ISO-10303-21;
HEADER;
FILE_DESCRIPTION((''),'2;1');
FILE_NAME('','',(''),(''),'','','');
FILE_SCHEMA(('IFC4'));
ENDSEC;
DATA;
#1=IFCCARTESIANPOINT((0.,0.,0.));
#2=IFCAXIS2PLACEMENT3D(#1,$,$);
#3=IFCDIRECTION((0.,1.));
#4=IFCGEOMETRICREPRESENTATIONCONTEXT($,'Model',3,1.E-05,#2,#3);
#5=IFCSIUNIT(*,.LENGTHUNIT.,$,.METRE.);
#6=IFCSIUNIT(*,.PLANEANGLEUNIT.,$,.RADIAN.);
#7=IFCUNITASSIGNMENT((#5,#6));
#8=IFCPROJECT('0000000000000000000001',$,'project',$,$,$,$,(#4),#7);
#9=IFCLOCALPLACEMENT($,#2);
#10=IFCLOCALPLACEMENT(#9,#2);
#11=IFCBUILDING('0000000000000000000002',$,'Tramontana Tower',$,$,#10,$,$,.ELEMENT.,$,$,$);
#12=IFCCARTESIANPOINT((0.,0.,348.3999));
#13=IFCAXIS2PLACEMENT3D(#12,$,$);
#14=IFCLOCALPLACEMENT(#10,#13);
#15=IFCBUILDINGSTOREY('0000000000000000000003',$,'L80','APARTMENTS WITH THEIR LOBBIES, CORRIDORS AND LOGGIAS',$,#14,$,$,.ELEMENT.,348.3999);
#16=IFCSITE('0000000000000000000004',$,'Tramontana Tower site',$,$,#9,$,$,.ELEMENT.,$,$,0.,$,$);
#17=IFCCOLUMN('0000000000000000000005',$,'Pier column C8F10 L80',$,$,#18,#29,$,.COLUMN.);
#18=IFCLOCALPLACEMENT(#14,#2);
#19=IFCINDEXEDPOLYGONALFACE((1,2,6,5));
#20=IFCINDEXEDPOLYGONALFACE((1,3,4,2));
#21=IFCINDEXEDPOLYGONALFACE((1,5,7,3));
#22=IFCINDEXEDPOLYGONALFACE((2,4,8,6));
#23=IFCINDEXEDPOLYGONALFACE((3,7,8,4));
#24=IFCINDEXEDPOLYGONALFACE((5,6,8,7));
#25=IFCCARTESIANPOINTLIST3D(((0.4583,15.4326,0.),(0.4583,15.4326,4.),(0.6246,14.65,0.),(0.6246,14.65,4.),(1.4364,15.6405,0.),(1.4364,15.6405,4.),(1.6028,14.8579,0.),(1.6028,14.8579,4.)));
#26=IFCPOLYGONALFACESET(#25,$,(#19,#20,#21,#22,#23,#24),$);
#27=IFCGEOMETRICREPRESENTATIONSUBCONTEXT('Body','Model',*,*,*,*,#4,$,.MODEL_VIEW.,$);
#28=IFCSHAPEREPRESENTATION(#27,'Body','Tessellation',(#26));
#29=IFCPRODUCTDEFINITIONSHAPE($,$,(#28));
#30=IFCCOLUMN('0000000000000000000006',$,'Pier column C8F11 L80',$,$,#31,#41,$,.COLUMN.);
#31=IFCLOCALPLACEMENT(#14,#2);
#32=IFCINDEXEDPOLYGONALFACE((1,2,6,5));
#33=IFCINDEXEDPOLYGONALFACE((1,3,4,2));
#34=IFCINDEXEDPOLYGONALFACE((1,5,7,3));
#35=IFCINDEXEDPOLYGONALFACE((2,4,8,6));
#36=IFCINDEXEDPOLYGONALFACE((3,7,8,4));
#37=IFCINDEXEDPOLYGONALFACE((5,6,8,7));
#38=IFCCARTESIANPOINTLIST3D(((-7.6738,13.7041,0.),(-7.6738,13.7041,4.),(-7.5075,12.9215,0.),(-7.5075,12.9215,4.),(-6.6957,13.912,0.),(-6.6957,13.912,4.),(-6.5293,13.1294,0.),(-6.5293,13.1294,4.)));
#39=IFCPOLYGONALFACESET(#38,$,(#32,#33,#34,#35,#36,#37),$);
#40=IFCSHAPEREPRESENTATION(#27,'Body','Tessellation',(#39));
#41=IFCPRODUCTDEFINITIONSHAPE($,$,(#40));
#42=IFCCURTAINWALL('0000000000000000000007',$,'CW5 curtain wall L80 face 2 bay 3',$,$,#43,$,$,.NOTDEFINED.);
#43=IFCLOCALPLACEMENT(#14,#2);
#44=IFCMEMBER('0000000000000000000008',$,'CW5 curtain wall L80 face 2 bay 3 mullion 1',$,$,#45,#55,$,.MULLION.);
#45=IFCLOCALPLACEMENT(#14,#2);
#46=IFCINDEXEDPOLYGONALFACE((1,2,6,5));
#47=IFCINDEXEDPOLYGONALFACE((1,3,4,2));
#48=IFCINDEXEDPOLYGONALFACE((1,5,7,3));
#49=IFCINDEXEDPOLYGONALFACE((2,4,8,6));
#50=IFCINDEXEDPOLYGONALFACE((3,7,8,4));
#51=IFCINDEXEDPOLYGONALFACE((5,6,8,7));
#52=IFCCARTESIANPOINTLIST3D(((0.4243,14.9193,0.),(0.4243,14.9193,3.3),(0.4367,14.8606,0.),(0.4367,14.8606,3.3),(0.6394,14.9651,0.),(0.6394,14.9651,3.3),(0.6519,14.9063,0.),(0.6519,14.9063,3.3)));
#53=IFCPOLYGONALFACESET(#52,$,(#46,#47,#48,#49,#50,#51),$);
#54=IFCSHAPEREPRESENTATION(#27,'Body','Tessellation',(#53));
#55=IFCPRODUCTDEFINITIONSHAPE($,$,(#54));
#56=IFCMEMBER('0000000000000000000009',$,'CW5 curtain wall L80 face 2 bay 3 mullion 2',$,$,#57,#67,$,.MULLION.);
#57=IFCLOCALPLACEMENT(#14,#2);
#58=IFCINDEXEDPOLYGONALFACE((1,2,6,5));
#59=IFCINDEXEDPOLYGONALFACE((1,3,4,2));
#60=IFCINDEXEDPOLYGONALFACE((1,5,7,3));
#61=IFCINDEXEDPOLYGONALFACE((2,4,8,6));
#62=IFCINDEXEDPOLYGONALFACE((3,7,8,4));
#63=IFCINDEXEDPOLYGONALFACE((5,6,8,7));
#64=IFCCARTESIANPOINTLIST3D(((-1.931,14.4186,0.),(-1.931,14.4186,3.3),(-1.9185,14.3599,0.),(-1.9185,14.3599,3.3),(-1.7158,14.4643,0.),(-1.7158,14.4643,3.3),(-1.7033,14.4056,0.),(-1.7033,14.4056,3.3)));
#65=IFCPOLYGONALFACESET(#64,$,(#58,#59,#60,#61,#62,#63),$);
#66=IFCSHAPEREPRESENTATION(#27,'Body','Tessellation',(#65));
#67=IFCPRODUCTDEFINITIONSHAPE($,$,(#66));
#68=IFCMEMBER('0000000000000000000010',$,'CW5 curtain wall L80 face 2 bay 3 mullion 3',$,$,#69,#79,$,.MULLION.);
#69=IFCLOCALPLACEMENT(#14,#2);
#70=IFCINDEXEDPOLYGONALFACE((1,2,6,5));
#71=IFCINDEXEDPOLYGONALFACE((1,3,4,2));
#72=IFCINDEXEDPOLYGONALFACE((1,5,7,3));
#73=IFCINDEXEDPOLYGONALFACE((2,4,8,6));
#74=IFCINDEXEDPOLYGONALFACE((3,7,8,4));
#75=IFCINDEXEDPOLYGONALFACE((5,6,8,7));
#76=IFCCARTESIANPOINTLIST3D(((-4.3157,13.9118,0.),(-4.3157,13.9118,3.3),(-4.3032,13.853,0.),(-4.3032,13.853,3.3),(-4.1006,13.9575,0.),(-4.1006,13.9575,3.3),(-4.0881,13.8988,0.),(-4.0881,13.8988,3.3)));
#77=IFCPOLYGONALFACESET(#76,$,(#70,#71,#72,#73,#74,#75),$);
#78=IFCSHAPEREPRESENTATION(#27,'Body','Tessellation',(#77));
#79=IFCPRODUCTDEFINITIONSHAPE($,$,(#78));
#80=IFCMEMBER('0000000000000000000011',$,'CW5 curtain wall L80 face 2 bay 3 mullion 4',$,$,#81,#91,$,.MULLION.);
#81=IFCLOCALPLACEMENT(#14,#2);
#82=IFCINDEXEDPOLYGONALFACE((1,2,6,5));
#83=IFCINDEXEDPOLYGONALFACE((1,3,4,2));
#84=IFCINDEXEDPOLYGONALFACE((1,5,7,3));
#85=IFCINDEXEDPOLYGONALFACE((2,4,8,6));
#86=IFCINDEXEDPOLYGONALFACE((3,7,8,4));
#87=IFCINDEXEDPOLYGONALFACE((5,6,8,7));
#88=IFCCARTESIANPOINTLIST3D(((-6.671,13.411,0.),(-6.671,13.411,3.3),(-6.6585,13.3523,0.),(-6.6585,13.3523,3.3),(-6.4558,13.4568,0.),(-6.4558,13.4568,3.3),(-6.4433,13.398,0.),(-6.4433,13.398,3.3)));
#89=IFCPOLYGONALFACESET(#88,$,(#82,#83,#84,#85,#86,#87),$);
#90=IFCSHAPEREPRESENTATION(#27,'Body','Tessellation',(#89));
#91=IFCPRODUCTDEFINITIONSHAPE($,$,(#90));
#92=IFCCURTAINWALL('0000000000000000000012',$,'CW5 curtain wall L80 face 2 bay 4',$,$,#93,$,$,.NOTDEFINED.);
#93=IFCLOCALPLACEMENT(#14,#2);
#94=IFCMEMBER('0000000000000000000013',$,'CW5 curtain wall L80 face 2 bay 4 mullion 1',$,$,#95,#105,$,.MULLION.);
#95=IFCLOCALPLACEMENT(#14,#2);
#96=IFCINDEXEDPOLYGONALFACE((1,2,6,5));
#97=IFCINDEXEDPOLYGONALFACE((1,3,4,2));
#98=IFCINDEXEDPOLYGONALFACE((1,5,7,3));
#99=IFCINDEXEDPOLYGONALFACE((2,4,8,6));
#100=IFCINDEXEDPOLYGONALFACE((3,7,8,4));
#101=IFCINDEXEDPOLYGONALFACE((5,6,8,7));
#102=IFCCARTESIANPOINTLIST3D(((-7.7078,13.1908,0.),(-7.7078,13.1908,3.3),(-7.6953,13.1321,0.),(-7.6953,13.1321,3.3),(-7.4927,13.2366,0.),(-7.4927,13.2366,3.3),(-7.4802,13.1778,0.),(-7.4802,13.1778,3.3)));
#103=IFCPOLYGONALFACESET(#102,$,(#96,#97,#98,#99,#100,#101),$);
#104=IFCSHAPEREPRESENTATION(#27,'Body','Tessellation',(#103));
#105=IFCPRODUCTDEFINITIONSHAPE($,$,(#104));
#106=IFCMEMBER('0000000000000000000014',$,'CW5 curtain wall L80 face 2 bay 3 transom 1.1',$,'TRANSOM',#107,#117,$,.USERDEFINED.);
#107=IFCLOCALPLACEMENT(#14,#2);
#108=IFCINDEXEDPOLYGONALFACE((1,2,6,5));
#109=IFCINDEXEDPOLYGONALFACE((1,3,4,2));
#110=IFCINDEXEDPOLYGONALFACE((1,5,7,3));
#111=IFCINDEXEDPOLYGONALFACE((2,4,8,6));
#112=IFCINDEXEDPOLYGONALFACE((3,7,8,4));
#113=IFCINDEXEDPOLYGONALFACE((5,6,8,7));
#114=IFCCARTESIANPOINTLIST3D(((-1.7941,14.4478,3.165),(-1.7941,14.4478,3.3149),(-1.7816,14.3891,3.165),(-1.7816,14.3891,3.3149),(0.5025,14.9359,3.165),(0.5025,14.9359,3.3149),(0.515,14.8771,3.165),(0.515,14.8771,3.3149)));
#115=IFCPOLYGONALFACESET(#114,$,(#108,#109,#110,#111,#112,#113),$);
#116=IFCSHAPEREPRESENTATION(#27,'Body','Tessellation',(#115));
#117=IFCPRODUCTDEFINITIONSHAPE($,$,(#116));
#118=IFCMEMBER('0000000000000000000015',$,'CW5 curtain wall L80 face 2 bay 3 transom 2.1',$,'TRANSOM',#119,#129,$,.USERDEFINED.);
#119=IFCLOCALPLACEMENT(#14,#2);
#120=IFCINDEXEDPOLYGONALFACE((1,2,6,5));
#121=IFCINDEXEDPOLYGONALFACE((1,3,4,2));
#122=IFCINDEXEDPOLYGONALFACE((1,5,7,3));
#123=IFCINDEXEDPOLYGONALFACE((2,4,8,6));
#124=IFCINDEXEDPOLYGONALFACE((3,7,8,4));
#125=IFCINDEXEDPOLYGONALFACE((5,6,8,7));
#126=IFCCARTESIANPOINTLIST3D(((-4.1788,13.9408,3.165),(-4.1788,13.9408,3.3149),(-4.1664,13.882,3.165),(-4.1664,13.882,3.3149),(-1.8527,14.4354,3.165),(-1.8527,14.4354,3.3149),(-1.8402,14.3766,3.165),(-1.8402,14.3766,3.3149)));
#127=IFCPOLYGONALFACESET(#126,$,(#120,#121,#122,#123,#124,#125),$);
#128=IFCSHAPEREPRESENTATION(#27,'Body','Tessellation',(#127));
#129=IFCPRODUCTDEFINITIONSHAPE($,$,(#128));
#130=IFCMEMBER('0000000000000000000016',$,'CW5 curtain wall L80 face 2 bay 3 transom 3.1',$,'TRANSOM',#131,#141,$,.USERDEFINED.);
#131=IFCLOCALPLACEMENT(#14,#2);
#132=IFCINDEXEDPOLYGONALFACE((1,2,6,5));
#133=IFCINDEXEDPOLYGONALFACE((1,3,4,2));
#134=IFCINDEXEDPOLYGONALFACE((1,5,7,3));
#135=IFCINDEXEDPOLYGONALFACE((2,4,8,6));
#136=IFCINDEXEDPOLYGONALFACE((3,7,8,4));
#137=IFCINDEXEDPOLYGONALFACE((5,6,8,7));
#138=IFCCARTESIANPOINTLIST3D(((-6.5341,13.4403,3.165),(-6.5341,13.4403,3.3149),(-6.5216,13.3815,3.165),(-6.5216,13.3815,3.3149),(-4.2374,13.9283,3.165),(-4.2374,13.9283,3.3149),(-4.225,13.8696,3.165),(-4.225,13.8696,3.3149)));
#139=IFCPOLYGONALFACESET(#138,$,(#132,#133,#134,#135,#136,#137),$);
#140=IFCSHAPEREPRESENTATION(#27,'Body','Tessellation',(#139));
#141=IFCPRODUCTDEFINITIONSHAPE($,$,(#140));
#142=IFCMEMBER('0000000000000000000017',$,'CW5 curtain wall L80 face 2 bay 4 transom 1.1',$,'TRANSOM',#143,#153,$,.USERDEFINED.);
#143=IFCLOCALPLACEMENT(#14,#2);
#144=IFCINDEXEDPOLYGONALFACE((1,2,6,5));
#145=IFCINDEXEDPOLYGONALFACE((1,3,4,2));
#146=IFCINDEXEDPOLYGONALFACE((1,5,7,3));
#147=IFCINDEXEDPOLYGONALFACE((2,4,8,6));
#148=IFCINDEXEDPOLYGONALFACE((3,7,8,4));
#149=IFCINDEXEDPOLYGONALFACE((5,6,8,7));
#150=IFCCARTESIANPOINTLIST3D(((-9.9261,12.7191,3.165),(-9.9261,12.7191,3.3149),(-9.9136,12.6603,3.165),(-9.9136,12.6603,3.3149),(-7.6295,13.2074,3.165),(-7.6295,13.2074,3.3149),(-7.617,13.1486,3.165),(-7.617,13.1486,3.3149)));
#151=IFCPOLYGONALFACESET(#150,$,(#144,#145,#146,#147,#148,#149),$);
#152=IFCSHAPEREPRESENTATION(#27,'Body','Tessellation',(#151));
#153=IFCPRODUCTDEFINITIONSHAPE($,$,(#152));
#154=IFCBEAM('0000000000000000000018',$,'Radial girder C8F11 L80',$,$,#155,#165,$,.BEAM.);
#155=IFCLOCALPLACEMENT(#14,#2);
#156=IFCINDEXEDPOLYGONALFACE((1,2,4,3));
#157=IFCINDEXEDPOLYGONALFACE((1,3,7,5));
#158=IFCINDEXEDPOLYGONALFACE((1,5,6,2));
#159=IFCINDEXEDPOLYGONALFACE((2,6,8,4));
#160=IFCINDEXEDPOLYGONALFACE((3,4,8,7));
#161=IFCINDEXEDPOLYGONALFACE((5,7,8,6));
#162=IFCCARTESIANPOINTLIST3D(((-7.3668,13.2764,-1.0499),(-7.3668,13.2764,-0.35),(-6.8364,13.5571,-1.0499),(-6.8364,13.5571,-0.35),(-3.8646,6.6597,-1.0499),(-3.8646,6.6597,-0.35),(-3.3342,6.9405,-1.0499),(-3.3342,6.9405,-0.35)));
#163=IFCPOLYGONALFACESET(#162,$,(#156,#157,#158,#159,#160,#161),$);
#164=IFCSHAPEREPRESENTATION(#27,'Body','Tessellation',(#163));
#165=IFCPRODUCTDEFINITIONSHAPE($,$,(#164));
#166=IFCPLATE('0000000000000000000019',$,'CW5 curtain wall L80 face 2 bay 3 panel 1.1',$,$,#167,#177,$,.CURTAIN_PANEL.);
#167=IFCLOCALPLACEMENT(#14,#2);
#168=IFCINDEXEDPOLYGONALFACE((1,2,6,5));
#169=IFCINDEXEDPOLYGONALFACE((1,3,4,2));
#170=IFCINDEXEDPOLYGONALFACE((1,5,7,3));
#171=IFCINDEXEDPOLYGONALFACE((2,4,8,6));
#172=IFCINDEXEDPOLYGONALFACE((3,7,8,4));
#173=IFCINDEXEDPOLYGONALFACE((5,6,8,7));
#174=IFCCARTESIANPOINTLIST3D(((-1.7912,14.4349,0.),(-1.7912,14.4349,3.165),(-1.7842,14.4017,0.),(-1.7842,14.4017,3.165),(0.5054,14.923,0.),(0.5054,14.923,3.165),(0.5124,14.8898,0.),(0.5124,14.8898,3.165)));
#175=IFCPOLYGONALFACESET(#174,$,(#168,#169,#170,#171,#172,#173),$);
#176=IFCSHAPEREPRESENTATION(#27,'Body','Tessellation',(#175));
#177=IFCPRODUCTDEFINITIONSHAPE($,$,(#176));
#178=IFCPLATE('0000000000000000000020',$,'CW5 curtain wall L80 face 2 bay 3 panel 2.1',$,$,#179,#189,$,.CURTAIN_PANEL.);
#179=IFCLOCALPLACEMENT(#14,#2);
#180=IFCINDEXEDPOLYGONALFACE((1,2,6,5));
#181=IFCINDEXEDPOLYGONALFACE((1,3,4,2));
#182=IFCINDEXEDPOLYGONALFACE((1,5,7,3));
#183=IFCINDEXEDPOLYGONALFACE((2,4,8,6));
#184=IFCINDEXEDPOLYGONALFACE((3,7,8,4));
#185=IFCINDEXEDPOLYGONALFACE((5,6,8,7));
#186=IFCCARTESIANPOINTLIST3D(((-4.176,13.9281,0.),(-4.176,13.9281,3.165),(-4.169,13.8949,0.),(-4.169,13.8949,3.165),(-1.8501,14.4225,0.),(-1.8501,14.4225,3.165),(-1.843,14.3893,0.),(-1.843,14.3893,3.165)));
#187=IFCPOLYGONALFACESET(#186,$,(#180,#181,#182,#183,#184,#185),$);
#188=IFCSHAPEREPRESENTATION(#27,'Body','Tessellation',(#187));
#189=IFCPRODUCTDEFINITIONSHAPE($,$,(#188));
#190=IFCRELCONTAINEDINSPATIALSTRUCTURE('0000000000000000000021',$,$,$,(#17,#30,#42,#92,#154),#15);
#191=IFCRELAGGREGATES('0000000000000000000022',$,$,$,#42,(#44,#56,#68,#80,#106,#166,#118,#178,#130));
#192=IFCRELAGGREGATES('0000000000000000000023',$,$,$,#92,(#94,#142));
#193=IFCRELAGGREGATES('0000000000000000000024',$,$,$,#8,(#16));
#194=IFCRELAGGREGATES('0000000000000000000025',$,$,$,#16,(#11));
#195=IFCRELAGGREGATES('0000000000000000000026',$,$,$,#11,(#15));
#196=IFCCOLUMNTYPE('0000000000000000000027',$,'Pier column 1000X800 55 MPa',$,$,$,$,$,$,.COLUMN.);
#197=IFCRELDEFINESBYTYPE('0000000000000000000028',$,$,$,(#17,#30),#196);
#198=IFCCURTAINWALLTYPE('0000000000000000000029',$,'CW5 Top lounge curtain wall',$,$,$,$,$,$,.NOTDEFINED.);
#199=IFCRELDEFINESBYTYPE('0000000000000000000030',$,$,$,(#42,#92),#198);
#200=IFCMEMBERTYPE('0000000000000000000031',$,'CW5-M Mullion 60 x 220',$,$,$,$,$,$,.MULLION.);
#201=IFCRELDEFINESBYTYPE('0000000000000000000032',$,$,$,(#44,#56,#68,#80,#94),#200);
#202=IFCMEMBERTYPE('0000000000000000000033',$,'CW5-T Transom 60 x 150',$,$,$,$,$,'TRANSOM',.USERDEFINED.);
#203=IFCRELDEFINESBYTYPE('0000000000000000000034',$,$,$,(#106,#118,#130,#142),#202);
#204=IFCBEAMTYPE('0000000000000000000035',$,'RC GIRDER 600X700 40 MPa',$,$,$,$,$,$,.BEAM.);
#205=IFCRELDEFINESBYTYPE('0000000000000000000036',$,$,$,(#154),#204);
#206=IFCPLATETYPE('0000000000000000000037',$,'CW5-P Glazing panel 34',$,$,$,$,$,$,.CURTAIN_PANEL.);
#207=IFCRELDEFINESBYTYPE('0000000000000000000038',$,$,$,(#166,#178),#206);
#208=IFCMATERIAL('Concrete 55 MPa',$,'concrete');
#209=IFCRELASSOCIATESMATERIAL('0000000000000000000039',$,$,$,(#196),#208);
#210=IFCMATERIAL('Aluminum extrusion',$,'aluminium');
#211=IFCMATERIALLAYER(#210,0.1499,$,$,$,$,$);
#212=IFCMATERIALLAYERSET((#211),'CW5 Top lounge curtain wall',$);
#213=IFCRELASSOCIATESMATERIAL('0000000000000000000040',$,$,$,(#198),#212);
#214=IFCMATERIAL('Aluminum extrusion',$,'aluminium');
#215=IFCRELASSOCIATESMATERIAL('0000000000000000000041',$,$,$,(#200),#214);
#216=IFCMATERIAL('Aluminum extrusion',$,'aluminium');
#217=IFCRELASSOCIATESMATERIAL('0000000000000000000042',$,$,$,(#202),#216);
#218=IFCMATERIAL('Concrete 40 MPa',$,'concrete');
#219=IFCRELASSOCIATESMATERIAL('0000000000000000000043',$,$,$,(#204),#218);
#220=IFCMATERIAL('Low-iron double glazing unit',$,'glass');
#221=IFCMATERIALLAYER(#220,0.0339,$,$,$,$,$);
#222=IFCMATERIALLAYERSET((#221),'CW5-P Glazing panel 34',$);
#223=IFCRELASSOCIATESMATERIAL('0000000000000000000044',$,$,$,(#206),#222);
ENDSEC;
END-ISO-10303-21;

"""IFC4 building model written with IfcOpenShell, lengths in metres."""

from ifc_helpers import new_model, si_unit, direction, frame, origin, origin_2d, place, context, subcontext, project, spatial, rectangle, extrude, material, layer, layer_set, material_profile, profile_set, type_object, element, aggregate, save


model = new_model("IFC4")

# Units and contexts
model_context = context("Model", 3, precision=1e-05, world=origin(), true_north=direction((0.0, 1.0)))
body_context = subcontext(model_context, "Body", "Model", "MODEL_VIEW")
ifc_project = project(units=[si_unit("LENGTHUNIT", "METRE"), si_unit("PLANEANGLEUNIT", "RADIAN")], contexts=[model_context])

# Site, building, storey
site_placement = place(None, origin())
site = spatial("IfcSite", under=ifc_project, at=site_placement, Name="Tramontana Tower site", CompositionType="ELEMENT", RefElevation=0.0)
building_placement = place(site_placement, origin())
building = spatial("IfcBuilding", under=site, at=building_placement, Name="Tramontana Tower", CompositionType="ELEMENT")
storey_placement = place(building_placement, frame((0.0, 0.0, 348.3999)))
storey = spatial("IfcBuildingStorey", under=building, at=storey_placement, Name="L80", Description="APARTMENTS WITH THEIR LOBBIES, CORRIDORS AND LOGGIAS", CompositionType="ELEMENT", Elevation=348.3999)

# Columns
ifc_material_1 = material(Name="Concrete 55 MPa", Category="concrete")
ifc_material_profile_1 = material_profile(ifc_material_1, rectangle(XDim=1.0, YDim=0.8, at=origin_2d()), Name="Pier column 1000X800 55 MPa")
ifc_profile_set_1 = profile_set([ifc_material_profile_1], Name="Concrete 55 MPa")
column_type = type_object("IfcColumnType", Name="Pier column 1000X800 55 MPa", PredefinedType="COLUMN", material=ifc_profile_set_1)
for number, where, z_axis, x_axis, name in (
    (1, (1.0305, 15.1453, 0.0), (0.0, 0.0, 1.0), (-0.978148, -0.207912, 0.0), "Pier column C8F10 L80"),
    (2, (-7.1016, 13.4167, 0.0), (0.0, 0.0, 1.0), (-0.978148, -0.207912, 0.0), "Pier column C8F11 L80"),
):
    element("IfcColumn", number, at=place(storey_placement, frame(where, z_axis=z_axis, x_axis=x_axis)), inside=storey, type_object=column_type, Name=name, PredefinedType="COLUMN", context=body_context, shape_type="SweptSolid", body=[
        extrude(rectangle(XDim=1.0, YDim=0.8, at=origin_2d()), origin(), (0.0, 0.0, 1.0), 4.0),
    ])

# Curtain wall, members
ifc_material_2 = material(Name="Aluminum extrusion", Category="aluminium")
ifc_layer_1 = layer(ifc_material_2, 0.1499)
ifc_layer_set_1 = layer_set([ifc_layer_1], Name="CW5 Top lounge curtain wall")
curtain_wall_type = type_object("IfcCurtainWallType", Name="CW5 Top lounge curtain wall", PredefinedType="NOTDEFINED", material=ifc_layer_set_1)
curtain_wall_1_placement = place(storey_placement, origin())
curtain_wall_1 = element("IfcCurtainWall", 3, at=curtain_wall_1_placement, inside=storey, type_object=curtain_wall_type, Name="CW5 curtain wall L80 face 2 bay 3", PredefinedType="NOTDEFINED")
ifc_material_3 = material(Name="Aluminum extrusion", Category="aluminium")
ifc_material_profile_2 = material_profile(ifc_material_3, rectangle(XDim=0.0601, YDim=0.22, at=origin_2d()), Name="CW5-M Mullion 60 x 220")
ifc_profile_set_2 = profile_set([ifc_material_profile_2], Name="Aluminum extrusion")
member_type_1 = type_object("IfcMemberType", Name="CW5-M Mullion 60 x 220", PredefinedType="MULLION", material=ifc_profile_set_2)
member_1_placement = place(storey_placement, frame((0.5381, 14.9128, 0.0), z_axis=(0.0, 0.0, 1.0), x_axis=(0.207912, -0.978148, 0.0)))
member_1 = element("IfcMember", 4, at=member_1_placement, type_object=member_type_1, Name="CW5 curtain wall L80 face 2 bay 3 mullion 1", PredefinedType="MULLION", context=body_context, shape_type="SweptSolid", body=[
    extrude(rectangle(XDim=0.0601, YDim=0.22, at=origin_2d()), origin(), (0.0, 0.0, 1.0), 3.3),
])
member_2_placement = place(storey_placement, frame((-1.8171, 14.4121, 0.0), z_axis=(0.0, 0.0, 1.0), x_axis=(0.207912, -0.978148, 0.0)))
member_2 = element("IfcMember", 5, at=member_2_placement, type_object=member_type_1, Name="CW5 curtain wall L80 face 2 bay 3 mullion 2", PredefinedType="MULLION", context=body_context, shape_type="SweptSolid", body=[
    extrude(rectangle(XDim=0.0601, YDim=0.22, at=origin_2d()), origin(), (0.0, 0.0, 1.0), 3.3),
])
member_3_placement = place(storey_placement, frame((-4.2019, 13.9053, 0.0), z_axis=(0.0, 0.0, 1.0), x_axis=(0.207912, -0.978148, 0.0)))
member_3 = element("IfcMember", 6, at=member_3_placement, type_object=member_type_1, Name="CW5 curtain wall L80 face 2 bay 3 mullion 3", PredefinedType="MULLION", context=body_context, shape_type="SweptSolid", body=[
    extrude(rectangle(XDim=0.0601, YDim=0.22, at=origin_2d()), origin(), (0.0, 0.0, 1.0), 3.3),
])
member_4_placement = place(storey_placement, frame((-6.5571, 13.4045, 0.0), z_axis=(0.0, 0.0, 1.0), x_axis=(0.207912, -0.978148, 0.0)))
member_4 = element("IfcMember", 7, at=member_4_placement, type_object=member_type_1, Name="CW5 curtain wall L80 face 2 bay 3 mullion 4", PredefinedType="MULLION", context=body_context, shape_type="SweptSolid", body=[
    extrude(rectangle(XDim=0.0601, YDim=0.22, at=origin_2d()), origin(), (0.0, 0.0, 1.0), 3.3),
])

# Curtain wall, member
curtain_wall_2_placement = place(storey_placement, origin())
curtain_wall_2 = element("IfcCurtainWall", 8, at=curtain_wall_2_placement, inside=storey, type_object=curtain_wall_type, Name="CW5 curtain wall L80 face 2 bay 4", PredefinedType="NOTDEFINED")
member_5_placement = place(storey_placement, frame((-7.594, 13.1843, 0.0), z_axis=(0.0, 0.0, 1.0), x_axis=(0.207912, -0.978148, 0.0)))
member_5 = element("IfcMember", 9, at=member_5_placement, type_object=member_type_1, Name="CW5 curtain wall L80 face 2 bay 4 mullion 1", PredefinedType="MULLION", context=body_context, shape_type="SweptSolid", body=[
    extrude(rectangle(XDim=0.0601, YDim=0.22, at=origin_2d()), origin(), (0.0, 0.0, 1.0), 3.3),
])

# Members
ifc_material_4 = material(Name="Aluminum extrusion", Category="aluminium")
ifc_material_profile_3 = material_profile(ifc_material_4, rectangle(XDim=0.0601, YDim=0.1499, at=origin_2d()), Name="CW5-T Transom 60 x 150")
ifc_profile_set_3 = profile_set([ifc_material_profile_3], Name="Aluminum extrusion")
member_type_2 = type_object("IfcMemberType", Name="CW5-T Transom 60 x 150", ElementType="TRANSOM", PredefinedType="USERDEFINED", material=ifc_profile_set_3)
member_6_placement = place(storey_placement, frame((0.5088, 14.9065, 3.24), z_axis=(-0.978159, -0.20786, 0.0), x_axis=(0.20786, -0.978159, 0.0)))
member_6 = element("IfcMember", 10, at=member_6_placement, type_object=member_type_2, Name="CW5 curtain wall L80 face 2 bay 3 transom 1.1", ObjectType="TRANSOM", PredefinedType="USERDEFINED", context=body_context, shape_type="SweptSolid", body=[
    extrude(rectangle(XDim=0.0601, YDim=0.1499, at=origin_2d()), origin(), (0.0, 0.0, 1.0), 2.3479),
])
member_7_placement = place(storey_placement, frame((-1.8464, 14.406, 3.24), z_axis=(-0.978132, -0.207986, 0.0), x_axis=(0.207986, -0.978132, 0.0)))
member_7 = element("IfcMember", 11, at=member_7_placement, type_object=member_type_2, Name="CW5 curtain wall L80 face 2 bay 3 transom 2.1", ObjectType="TRANSOM", PredefinedType="USERDEFINED", context=body_context, shape_type="SweptSolid", body=[
    extrude(rectangle(XDim=0.0601, YDim=0.1499, at=origin_2d()), origin(), (0.0, 0.0, 1.0), 2.3782),
])
member_8_placement = place(storey_placement, frame((-4.2312, 13.8989, 3.24), z_axis=(-0.978159, -0.20786, 0.0), x_axis=(0.20786, -0.978159, 0.0)))
member_8 = element("IfcMember", 12, at=member_8_placement, type_object=member_type_2, Name="CW5 curtain wall L80 face 2 bay 3 transom 3.1", ObjectType="TRANSOM", PredefinedType="USERDEFINED", context=body_context, shape_type="SweptSolid", body=[
    extrude(rectangle(XDim=0.0601, YDim=0.1499, at=origin_2d()), origin(), (0.0, 0.0, 1.0), 2.3479),
])
member_9_placement = place(storey_placement, frame((-7.6233, 13.178, 3.24), z_axis=(-0.978137, -0.207959, 0.0), x_axis=(0.207959, -0.978137, 0.0)))
member_9 = element("IfcMember", 13, at=member_9_placement, type_object=member_type_2, Name="CW5 curtain wall L80 face 2 bay 4 transom 1.1", ObjectType="TRANSOM", PredefinedType="USERDEFINED", context=body_context, shape_type="SweptSolid", body=[
    extrude(rectangle(XDim=0.0601, YDim=0.1499, at=origin_2d()), origin(), (0.0, 0.0, 1.0), 2.3479),
])

# Beam
ifc_material_5 = material(Name="Concrete 40 MPa", Category="concrete")
ifc_material_profile_4 = material_profile(ifc_material_5, rectangle(XDim=0.6001, YDim=0.7, at=origin_2d()), Name="RC GIRDER 600X700 40 MPa")
ifc_profile_set_4 = profile_set([ifc_material_profile_4], Name="Concrete 40 MPa")
beam_type = type_object("IfcBeamType", Name="RC GIRDER 600X700 40 MPa", PredefinedType="BEAM", material=ifc_profile_set_4)
beam_placement = place(storey_placement, frame((-7.1016, 13.4167, -0.7), z_axis=(0.467808, -0.88383, 0.0), x_axis=(0.88383, 0.467808, 0.0)))
element("IfcBeam", 14, at=beam_placement, inside=storey, type_object=beam_type, Name="Radial girder C8F11 L80", PredefinedType="BEAM", context=body_context, shape_type="SweptSolid", body=[
    extrude(rectangle(XDim=0.6001, YDim=0.7, at=origin_2d()), origin(), (0.0, 0.0, 1.0), 7.4863),
])

# Plates
ifc_material_6 = material(Name="Low-iron double glazing unit", Category="glass")
ifc_layer_2 = layer(ifc_material_6, 0.0339)
ifc_layer_set_2 = layer_set([ifc_layer_2], Name="CW5-P Glazing panel 34")
plate_type = type_object("IfcPlateType", Name="CW5-P Glazing panel 34", PredefinedType="CURTAIN_PANEL", material=ifc_layer_set_2)
plate_1_placement = place(storey_placement, frame((-0.6394, 14.6624, 0.0), z_axis=(0.0, 0.0, 1.0), x_axis=(-0.978148, -0.207912, 0.0)))
plate_1 = element("IfcPlate", 15, at=plate_1_placement, type_object=plate_type, Name="CW5 curtain wall L80 face 2 bay 3 panel 1.1", PredefinedType="CURTAIN_PANEL", context=body_context, shape_type="SweptSolid", body=[
    extrude(rectangle(XDim=2.3479, YDim=0.0339, at=origin_2d()), origin(), (0.0, 0.0, 1.0), 3.165),
])
plate_2_placement = place(storey_placement, frame((-3.0095, 14.1587, 0.0), z_axis=(0.0, 0.0, 1.0), x_axis=(-0.978148, -0.207912, 0.0)))
plate_2 = element("IfcPlate", 16, at=plate_2_placement, type_object=plate_type, Name="CW5 curtain wall L80 face 2 bay 3 panel 2.1", PredefinedType="CURTAIN_PANEL", context=body_context, shape_type="SweptSolid", body=[
    extrude(rectangle(XDim=2.3779, YDim=0.0339, at=origin_2d()), origin(), (0.0, 0.0, 1.0), 3.165),
])
aggregate(curtain_wall_1, [member_1, member_2, member_3, member_4, member_6, plate_1, member_7, plate_2, member_8])
aggregate(curtain_wall_2, [member_5, member_9])

save(model, "model.ifc")
